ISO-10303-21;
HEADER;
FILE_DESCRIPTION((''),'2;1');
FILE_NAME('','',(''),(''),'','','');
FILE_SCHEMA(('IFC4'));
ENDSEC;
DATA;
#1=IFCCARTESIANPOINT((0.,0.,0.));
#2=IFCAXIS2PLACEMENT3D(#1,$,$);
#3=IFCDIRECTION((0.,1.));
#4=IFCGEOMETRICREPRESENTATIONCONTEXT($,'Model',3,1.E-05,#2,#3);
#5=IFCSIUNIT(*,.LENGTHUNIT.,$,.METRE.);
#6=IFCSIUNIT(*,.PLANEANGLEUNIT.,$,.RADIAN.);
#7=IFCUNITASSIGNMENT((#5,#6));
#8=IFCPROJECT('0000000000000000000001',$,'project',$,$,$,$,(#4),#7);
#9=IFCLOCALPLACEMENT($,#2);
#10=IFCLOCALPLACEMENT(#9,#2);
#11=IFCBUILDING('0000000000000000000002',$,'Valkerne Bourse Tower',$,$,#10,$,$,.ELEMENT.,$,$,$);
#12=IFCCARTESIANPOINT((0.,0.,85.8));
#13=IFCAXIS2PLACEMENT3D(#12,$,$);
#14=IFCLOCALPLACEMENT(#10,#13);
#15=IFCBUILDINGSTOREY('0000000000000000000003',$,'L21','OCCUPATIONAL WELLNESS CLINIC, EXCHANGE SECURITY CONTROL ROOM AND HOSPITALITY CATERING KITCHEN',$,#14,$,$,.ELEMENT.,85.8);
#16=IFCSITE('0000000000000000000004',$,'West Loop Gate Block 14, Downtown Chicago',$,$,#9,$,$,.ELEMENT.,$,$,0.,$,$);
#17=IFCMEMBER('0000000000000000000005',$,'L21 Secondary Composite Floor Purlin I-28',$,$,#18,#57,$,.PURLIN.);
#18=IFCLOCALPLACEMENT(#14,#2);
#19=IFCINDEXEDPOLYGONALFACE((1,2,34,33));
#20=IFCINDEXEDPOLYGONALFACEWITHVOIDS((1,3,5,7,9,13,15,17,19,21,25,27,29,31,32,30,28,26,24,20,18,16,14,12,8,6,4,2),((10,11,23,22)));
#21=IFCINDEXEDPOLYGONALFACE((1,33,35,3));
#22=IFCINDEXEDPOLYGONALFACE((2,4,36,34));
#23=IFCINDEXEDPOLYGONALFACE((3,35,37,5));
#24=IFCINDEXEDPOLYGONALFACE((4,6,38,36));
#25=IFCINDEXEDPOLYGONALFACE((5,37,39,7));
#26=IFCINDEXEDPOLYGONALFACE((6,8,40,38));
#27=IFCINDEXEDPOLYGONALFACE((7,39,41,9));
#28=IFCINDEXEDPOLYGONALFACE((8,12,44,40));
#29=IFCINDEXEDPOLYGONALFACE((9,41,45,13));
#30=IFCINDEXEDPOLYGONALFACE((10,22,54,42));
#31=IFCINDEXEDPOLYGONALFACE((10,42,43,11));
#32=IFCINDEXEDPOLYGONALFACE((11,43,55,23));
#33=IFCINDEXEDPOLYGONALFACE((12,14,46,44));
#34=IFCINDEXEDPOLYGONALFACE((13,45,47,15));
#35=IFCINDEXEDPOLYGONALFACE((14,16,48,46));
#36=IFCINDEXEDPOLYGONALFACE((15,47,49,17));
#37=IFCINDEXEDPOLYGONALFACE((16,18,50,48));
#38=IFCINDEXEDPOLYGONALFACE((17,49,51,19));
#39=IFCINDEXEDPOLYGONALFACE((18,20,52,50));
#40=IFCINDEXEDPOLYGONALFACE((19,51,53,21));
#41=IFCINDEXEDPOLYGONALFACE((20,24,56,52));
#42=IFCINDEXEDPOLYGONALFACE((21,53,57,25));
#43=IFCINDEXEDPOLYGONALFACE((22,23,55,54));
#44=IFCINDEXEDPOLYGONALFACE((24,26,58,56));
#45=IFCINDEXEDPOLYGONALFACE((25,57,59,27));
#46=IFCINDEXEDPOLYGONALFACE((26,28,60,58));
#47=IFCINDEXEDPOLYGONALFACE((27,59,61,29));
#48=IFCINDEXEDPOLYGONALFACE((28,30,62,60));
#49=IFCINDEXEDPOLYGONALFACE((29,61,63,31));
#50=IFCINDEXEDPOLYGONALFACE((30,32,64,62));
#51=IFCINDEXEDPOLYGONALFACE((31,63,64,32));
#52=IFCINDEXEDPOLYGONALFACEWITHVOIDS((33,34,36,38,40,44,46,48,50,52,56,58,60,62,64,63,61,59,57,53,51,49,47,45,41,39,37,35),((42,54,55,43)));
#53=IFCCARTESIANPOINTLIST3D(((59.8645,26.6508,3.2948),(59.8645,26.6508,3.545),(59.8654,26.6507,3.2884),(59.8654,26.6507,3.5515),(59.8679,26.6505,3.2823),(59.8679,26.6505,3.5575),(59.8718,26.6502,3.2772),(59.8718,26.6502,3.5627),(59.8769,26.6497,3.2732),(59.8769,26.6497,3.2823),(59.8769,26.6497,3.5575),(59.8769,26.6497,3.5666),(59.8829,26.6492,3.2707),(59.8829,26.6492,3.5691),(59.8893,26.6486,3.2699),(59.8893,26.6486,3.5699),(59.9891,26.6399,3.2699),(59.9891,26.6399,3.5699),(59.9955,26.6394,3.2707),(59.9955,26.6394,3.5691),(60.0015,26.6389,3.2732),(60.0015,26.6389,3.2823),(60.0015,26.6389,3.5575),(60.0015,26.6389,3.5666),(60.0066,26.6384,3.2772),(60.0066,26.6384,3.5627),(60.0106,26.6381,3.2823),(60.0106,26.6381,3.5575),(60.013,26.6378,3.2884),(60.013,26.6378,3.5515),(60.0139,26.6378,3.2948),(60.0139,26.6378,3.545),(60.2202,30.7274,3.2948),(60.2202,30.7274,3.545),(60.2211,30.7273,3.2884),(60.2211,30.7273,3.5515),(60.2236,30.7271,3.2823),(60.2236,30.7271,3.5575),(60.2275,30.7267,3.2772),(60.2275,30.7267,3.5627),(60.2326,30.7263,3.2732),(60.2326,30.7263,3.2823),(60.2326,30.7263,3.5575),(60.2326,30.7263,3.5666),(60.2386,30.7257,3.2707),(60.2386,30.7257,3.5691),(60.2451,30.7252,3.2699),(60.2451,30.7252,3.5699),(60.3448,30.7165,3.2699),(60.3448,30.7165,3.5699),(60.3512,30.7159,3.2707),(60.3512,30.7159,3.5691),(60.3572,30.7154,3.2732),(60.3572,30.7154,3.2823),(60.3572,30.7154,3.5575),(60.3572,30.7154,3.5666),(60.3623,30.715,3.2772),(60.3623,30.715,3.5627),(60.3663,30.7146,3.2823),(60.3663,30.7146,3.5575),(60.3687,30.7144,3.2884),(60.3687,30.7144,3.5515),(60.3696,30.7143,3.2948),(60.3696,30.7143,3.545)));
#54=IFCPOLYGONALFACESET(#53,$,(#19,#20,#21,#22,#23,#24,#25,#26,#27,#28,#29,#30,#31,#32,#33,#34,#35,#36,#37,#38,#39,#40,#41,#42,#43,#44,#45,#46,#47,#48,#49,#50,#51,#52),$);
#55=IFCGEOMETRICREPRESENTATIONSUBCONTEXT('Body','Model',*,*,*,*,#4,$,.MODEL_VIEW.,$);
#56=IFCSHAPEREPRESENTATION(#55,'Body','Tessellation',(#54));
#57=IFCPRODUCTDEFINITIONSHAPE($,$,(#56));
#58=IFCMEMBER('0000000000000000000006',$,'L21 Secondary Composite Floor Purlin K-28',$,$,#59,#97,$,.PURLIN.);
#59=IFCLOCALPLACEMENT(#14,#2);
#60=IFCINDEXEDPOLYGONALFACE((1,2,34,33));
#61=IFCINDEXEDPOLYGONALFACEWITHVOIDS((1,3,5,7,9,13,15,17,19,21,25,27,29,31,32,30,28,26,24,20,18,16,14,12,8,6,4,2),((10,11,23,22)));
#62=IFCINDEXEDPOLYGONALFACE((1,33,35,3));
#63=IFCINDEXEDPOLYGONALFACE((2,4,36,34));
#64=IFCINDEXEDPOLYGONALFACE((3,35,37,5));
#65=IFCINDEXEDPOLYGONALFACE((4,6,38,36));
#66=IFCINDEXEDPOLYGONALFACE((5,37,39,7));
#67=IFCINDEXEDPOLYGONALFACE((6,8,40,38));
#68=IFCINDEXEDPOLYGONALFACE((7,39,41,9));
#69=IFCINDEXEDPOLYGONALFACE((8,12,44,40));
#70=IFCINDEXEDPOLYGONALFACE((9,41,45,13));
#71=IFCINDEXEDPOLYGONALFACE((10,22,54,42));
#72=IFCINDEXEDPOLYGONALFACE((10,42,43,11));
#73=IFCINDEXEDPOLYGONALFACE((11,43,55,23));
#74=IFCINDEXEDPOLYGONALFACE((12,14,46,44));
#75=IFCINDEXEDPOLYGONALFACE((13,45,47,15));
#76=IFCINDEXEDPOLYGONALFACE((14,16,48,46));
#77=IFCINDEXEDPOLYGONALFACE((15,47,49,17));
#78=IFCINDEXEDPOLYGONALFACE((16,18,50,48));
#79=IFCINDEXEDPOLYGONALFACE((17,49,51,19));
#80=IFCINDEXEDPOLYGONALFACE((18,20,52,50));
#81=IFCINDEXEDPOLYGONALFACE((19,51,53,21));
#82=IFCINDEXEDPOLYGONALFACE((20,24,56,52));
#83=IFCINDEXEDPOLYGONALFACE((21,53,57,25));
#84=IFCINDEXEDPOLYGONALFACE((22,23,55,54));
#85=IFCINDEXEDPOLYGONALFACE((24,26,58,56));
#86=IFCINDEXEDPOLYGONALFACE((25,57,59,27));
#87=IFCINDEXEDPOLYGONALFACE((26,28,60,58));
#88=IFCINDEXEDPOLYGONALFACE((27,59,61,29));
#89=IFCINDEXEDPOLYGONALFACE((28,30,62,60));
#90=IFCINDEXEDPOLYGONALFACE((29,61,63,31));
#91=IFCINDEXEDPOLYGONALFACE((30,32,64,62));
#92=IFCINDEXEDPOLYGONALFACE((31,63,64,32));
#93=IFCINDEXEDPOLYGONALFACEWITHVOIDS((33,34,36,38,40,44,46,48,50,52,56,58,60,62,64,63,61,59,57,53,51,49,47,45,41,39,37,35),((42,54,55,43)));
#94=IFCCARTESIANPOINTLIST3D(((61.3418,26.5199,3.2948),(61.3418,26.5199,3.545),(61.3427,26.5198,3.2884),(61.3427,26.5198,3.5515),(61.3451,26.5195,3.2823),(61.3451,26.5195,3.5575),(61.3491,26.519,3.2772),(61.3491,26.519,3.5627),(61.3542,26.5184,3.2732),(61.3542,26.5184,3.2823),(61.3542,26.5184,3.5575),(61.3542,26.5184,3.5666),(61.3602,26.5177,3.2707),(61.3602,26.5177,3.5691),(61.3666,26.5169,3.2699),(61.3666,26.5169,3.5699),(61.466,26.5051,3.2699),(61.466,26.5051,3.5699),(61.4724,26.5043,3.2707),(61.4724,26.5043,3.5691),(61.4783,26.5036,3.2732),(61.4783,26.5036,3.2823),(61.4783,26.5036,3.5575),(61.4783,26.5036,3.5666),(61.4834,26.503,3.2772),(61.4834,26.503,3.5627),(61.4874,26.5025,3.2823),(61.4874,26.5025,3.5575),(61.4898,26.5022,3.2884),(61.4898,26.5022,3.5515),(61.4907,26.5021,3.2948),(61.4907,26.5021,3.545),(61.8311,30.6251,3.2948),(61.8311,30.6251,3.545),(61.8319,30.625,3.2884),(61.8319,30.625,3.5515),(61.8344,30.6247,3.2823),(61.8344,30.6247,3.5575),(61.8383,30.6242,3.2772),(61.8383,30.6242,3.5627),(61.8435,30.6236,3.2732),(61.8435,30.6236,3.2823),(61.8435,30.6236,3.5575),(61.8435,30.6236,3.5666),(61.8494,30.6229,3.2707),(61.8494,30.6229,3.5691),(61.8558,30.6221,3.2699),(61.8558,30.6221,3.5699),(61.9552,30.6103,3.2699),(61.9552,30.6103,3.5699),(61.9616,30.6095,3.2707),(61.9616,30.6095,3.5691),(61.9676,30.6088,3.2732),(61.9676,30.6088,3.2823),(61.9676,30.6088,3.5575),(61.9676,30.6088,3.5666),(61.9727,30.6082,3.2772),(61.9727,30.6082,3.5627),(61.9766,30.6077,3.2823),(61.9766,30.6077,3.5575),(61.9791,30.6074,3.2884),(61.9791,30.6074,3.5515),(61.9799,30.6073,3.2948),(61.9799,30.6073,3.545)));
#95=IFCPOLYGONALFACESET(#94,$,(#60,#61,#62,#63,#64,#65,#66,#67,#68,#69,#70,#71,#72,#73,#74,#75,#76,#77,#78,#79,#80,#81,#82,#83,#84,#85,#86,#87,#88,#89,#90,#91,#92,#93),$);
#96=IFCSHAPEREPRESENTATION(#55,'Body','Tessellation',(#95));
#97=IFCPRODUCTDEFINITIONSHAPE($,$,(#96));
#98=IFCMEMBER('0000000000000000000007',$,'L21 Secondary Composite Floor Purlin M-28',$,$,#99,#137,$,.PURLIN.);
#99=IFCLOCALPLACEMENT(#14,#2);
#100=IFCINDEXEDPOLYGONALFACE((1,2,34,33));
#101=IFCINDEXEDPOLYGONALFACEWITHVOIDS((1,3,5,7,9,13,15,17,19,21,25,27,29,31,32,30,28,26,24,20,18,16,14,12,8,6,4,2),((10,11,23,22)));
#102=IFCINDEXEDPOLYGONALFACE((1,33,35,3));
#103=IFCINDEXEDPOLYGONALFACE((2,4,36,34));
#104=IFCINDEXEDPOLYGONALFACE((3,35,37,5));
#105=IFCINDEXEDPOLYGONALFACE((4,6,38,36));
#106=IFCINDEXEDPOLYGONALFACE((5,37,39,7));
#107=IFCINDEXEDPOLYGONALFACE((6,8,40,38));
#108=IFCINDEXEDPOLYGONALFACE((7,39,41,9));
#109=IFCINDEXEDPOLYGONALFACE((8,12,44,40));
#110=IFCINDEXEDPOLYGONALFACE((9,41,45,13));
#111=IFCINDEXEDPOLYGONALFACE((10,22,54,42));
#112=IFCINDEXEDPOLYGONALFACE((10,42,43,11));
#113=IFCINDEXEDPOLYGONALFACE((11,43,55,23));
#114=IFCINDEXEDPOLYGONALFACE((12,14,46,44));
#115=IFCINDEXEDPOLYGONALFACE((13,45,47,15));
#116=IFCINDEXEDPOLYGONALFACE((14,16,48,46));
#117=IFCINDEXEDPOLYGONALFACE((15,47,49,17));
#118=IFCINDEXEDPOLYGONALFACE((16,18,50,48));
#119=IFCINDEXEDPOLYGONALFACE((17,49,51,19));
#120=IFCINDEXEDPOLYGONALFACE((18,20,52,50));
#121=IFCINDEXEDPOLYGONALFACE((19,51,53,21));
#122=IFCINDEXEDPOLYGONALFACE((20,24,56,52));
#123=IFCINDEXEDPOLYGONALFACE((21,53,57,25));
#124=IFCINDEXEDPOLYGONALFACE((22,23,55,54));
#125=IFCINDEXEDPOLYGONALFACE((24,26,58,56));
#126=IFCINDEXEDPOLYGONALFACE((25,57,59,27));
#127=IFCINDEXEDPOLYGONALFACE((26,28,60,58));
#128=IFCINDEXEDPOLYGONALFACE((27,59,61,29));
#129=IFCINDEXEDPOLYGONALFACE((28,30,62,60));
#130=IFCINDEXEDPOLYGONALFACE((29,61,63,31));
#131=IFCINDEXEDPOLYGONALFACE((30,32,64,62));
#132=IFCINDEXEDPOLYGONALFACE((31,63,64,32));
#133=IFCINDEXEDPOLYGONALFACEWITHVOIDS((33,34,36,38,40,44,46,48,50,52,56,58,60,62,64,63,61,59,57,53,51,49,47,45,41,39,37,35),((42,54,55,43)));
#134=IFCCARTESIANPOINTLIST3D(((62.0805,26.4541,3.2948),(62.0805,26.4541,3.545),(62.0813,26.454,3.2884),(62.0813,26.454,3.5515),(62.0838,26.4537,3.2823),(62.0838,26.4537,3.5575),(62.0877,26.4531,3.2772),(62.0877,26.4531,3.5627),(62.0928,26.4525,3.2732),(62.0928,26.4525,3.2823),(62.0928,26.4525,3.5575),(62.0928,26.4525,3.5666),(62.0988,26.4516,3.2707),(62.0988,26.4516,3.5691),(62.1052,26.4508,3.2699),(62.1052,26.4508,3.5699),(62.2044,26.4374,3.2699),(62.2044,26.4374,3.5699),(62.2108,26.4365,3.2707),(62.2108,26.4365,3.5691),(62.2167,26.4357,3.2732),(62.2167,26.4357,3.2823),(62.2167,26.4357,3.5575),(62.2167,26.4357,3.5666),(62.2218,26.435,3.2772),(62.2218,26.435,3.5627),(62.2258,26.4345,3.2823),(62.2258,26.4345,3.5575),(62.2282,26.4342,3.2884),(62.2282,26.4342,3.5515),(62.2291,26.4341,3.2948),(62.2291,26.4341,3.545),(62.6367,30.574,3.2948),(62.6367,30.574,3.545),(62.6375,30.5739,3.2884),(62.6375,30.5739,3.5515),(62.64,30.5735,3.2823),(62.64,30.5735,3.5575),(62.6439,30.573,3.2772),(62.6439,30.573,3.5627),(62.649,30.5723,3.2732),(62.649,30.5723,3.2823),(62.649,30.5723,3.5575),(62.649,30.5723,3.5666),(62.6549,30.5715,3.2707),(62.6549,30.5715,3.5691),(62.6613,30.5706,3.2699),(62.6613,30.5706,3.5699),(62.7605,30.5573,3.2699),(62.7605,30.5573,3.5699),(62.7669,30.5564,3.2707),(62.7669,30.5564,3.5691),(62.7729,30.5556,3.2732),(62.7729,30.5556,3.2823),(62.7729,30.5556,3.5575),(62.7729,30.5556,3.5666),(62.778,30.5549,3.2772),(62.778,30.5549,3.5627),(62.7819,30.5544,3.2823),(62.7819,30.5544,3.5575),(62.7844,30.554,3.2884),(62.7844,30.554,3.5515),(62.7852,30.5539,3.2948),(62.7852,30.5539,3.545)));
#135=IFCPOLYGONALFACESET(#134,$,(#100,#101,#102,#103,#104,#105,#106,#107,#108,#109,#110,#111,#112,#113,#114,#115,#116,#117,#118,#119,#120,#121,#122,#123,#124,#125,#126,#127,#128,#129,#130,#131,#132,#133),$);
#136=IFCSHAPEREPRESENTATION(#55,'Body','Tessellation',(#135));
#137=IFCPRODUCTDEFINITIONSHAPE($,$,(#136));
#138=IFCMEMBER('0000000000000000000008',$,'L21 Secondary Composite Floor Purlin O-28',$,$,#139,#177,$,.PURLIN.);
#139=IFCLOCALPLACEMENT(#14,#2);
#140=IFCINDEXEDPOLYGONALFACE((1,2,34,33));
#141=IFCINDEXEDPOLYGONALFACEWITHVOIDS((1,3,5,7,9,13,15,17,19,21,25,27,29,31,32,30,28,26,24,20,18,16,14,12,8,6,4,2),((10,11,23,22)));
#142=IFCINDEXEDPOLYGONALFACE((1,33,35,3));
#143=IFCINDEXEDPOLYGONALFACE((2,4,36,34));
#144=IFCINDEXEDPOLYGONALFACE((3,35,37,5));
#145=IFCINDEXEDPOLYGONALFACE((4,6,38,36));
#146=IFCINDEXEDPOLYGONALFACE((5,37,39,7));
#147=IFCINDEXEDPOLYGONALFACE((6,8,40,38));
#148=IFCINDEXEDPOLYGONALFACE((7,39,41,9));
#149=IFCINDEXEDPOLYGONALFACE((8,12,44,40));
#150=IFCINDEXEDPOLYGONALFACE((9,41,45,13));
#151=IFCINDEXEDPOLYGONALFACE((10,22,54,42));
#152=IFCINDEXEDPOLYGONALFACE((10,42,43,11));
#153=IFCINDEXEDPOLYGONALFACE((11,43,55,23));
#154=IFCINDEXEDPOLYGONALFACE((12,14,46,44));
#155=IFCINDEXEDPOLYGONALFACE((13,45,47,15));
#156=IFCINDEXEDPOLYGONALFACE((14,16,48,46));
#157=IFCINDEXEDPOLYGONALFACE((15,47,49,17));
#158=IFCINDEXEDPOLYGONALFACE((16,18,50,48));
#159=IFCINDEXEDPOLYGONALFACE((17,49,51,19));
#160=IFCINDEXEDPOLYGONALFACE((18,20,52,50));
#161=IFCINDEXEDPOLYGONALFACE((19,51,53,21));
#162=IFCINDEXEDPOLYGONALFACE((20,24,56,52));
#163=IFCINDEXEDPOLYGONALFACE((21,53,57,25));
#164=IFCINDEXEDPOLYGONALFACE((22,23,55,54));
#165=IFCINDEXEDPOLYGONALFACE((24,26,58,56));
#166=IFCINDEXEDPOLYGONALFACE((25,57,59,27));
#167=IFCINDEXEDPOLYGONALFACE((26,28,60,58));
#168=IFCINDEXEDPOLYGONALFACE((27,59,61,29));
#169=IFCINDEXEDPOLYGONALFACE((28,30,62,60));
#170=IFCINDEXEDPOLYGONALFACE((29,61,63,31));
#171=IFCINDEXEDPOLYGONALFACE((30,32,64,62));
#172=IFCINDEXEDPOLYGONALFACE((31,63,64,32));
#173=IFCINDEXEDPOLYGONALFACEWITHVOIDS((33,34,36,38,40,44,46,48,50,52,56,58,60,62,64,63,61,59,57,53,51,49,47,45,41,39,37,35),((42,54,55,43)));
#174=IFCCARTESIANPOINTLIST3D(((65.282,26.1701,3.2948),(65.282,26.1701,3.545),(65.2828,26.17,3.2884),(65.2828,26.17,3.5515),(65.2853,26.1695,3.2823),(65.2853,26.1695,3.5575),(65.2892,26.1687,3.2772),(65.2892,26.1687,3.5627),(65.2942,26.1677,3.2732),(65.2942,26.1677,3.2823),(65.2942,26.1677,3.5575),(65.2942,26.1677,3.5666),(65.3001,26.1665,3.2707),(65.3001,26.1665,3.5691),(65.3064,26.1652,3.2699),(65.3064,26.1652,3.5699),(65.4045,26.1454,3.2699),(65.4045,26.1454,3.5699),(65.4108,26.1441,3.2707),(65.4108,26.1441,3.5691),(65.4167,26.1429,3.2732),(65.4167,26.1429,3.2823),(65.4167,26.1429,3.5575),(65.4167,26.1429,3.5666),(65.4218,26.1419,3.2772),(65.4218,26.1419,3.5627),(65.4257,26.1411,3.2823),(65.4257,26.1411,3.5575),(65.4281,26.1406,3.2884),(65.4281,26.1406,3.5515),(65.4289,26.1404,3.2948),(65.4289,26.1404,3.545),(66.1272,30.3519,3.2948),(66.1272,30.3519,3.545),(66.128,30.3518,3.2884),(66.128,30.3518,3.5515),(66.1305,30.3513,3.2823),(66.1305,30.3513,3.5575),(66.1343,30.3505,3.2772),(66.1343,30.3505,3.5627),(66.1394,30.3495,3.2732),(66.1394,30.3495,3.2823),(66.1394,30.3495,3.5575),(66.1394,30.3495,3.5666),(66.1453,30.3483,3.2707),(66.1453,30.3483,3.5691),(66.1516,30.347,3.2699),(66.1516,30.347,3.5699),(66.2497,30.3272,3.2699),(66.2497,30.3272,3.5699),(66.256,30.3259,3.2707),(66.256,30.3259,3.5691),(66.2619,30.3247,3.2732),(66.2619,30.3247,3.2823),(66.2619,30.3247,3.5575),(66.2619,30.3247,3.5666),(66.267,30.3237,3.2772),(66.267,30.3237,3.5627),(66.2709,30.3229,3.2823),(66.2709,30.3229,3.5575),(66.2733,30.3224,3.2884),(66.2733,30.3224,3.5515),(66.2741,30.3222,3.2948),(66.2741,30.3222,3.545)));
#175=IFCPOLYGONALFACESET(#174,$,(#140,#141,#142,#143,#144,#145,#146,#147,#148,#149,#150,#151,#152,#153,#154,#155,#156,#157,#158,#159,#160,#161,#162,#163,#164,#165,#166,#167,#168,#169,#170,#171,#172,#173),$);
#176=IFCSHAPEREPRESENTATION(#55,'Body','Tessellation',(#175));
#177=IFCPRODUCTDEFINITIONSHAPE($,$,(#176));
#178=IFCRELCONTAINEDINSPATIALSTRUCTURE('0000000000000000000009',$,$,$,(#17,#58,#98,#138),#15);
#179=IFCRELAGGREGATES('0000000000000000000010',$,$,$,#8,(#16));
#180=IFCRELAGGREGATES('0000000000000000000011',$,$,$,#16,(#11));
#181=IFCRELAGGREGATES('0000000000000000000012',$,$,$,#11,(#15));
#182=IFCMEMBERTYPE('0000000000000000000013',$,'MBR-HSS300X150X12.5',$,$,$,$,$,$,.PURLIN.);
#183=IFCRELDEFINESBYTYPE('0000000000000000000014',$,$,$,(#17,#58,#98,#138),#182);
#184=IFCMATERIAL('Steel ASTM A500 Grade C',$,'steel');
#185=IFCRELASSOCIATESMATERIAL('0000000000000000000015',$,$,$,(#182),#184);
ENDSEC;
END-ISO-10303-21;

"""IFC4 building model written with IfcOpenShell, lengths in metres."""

from ifc_helpers import new_model, si_unit, direction, frame, origin, origin_2d, place, context, subcontext, project, spatial, hollow_rectangle, extrude, material, material_profile, profile_set, type_object, element, save


model = new_model("IFC4")

# Units and contexts
model_context = context("Model", 3, precision=1e-05, world=origin(), true_north=direction((0.0, 1.0)))
body_context = subcontext(model_context, "Body", "Model", "MODEL_VIEW")
ifc_project = project(units=[si_unit("LENGTHUNIT", "METRE"), si_unit("PLANEANGLEUNIT", "RADIAN")], contexts=[model_context])

# Site, building, storey
site_placement = place(None, origin())
site = spatial("IfcSite", under=ifc_project, at=site_placement, Name="West Loop Gate Block 14, Downtown Chicago", CompositionType="ELEMENT", RefElevation=0.0)
building_placement = place(site_placement, origin())
building = spatial("IfcBuilding", under=site, at=building_placement, Name="Valkerne Bourse Tower", CompositionType="ELEMENT")
storey_placement = place(building_placement, frame((0.0, 0.0, 85.8)))
storey = spatial("IfcBuildingStorey", under=building, at=storey_placement, Name="L21", Description="OCCUPATIONAL WELLNESS CLINIC, EXCHANGE SECURITY CONTROL ROOM AND HOSPITALITY CATERING KITCHEN", CompositionType="ELEMENT", Elevation=85.8)

# Members
ifc_material_1 = material(Name="Steel ASTM A500 Grade C", Category="steel")
ifc_material_profile_1 = material_profile(ifc_material_1, hollow_rectangle(XDim=0.1499, YDim=0.3, WallThickness=0.0125, OuterFilletRadius=0.0249, at=origin_2d()), Name="HSS300X150X12.5")
ifc_profile_set_1 = profile_set([ifc_material_profile_1], Name="Steel ASTM A500 Grade C")
member_type_1 = type_object("IfcMemberType", Name="MBR-HSS300X150X12.5", PredefinedType="PURLIN", material=ifc_profile_set_1)
member_1_placement = place(storey_placement, frame((59.9392, 26.6443, 3.4199), z_axis=(0.086926, 0.996215, 0.0), x_axis=(-0.996215, 0.086926, 0.0)))
element("IfcMember", 1, at=member_1_placement, inside=storey, type_object=member_type_1, Name="L21 Secondary Composite Floor Purlin I-28", PredefinedType="PURLIN", context=body_context, shape_type="SweptSolid", body=[
    extrude(hollow_rectangle(XDim=0.1499, YDim=0.3, WallThickness=0.0125, OuterFilletRadius=0.0249, at=origin_2d()), origin(), (0.0, 0.0, 1.0), 4.092),
])
member_2_placement = place(storey_placement, frame((61.4163, 26.511, 3.4199), z_axis=(0.118342, 0.992973, 0.0), x_axis=(-0.992973, 0.118342, 0.0)))
element("IfcMember", 2, at=member_2_placement, inside=storey, type_object=member_type_1, Name="L21 Secondary Composite Floor Purlin K-28", PredefinedType="PURLIN", context=body_context, shape_type="SweptSolid", body=[
    extrude(hollow_rectangle(XDim=0.1499, YDim=0.3, WallThickness=0.0125, OuterFilletRadius=0.0249, at=origin_2d()), origin(), (0.0, 0.0, 1.0), 4.1343),
])
member_3_placement = place(storey_placement, frame((62.1548, 26.4441, 3.4199), z_axis=(0.133779, 0.991011, 0.0), x_axis=(-0.991011, 0.133779, 0.0)))
element("IfcMember", 3, at=member_3_placement, inside=storey, type_object=member_type_1, Name="L21 Secondary Composite Floor Purlin M-28", PredefinedType="PURLIN", context=body_context, shape_type="SweptSolid", body=[
    extrude(hollow_rectangle(XDim=0.1499, YDim=0.3, WallThickness=0.0125, OuterFilletRadius=0.0249, at=origin_2d()), origin(), (0.0, 0.0, 1.0), 4.1572),
])
member_4_placement = place(storey_placement, frame((65.3555, 26.1553, 3.4199), z_axis=(0.198108, 0.98018, 0.0), x_axis=(-0.98018, 0.198108, 0.0)))
element("IfcMember", 4, at=member_4_placement, inside=storey, type_object=member_type_1, Name="L21 Secondary Composite Floor Purlin O-28", PredefinedType="PURLIN", context=body_context, shape_type="SweptSolid", body=[
    extrude(hollow_rectangle(XDim=0.1499, YDim=0.3, WallThickness=0.0125, OuterFilletRadius=0.0249, at=origin_2d()), origin(), (0.0, 0.0, 1.0), 4.2664),
])

save(model, "model.ifc")
